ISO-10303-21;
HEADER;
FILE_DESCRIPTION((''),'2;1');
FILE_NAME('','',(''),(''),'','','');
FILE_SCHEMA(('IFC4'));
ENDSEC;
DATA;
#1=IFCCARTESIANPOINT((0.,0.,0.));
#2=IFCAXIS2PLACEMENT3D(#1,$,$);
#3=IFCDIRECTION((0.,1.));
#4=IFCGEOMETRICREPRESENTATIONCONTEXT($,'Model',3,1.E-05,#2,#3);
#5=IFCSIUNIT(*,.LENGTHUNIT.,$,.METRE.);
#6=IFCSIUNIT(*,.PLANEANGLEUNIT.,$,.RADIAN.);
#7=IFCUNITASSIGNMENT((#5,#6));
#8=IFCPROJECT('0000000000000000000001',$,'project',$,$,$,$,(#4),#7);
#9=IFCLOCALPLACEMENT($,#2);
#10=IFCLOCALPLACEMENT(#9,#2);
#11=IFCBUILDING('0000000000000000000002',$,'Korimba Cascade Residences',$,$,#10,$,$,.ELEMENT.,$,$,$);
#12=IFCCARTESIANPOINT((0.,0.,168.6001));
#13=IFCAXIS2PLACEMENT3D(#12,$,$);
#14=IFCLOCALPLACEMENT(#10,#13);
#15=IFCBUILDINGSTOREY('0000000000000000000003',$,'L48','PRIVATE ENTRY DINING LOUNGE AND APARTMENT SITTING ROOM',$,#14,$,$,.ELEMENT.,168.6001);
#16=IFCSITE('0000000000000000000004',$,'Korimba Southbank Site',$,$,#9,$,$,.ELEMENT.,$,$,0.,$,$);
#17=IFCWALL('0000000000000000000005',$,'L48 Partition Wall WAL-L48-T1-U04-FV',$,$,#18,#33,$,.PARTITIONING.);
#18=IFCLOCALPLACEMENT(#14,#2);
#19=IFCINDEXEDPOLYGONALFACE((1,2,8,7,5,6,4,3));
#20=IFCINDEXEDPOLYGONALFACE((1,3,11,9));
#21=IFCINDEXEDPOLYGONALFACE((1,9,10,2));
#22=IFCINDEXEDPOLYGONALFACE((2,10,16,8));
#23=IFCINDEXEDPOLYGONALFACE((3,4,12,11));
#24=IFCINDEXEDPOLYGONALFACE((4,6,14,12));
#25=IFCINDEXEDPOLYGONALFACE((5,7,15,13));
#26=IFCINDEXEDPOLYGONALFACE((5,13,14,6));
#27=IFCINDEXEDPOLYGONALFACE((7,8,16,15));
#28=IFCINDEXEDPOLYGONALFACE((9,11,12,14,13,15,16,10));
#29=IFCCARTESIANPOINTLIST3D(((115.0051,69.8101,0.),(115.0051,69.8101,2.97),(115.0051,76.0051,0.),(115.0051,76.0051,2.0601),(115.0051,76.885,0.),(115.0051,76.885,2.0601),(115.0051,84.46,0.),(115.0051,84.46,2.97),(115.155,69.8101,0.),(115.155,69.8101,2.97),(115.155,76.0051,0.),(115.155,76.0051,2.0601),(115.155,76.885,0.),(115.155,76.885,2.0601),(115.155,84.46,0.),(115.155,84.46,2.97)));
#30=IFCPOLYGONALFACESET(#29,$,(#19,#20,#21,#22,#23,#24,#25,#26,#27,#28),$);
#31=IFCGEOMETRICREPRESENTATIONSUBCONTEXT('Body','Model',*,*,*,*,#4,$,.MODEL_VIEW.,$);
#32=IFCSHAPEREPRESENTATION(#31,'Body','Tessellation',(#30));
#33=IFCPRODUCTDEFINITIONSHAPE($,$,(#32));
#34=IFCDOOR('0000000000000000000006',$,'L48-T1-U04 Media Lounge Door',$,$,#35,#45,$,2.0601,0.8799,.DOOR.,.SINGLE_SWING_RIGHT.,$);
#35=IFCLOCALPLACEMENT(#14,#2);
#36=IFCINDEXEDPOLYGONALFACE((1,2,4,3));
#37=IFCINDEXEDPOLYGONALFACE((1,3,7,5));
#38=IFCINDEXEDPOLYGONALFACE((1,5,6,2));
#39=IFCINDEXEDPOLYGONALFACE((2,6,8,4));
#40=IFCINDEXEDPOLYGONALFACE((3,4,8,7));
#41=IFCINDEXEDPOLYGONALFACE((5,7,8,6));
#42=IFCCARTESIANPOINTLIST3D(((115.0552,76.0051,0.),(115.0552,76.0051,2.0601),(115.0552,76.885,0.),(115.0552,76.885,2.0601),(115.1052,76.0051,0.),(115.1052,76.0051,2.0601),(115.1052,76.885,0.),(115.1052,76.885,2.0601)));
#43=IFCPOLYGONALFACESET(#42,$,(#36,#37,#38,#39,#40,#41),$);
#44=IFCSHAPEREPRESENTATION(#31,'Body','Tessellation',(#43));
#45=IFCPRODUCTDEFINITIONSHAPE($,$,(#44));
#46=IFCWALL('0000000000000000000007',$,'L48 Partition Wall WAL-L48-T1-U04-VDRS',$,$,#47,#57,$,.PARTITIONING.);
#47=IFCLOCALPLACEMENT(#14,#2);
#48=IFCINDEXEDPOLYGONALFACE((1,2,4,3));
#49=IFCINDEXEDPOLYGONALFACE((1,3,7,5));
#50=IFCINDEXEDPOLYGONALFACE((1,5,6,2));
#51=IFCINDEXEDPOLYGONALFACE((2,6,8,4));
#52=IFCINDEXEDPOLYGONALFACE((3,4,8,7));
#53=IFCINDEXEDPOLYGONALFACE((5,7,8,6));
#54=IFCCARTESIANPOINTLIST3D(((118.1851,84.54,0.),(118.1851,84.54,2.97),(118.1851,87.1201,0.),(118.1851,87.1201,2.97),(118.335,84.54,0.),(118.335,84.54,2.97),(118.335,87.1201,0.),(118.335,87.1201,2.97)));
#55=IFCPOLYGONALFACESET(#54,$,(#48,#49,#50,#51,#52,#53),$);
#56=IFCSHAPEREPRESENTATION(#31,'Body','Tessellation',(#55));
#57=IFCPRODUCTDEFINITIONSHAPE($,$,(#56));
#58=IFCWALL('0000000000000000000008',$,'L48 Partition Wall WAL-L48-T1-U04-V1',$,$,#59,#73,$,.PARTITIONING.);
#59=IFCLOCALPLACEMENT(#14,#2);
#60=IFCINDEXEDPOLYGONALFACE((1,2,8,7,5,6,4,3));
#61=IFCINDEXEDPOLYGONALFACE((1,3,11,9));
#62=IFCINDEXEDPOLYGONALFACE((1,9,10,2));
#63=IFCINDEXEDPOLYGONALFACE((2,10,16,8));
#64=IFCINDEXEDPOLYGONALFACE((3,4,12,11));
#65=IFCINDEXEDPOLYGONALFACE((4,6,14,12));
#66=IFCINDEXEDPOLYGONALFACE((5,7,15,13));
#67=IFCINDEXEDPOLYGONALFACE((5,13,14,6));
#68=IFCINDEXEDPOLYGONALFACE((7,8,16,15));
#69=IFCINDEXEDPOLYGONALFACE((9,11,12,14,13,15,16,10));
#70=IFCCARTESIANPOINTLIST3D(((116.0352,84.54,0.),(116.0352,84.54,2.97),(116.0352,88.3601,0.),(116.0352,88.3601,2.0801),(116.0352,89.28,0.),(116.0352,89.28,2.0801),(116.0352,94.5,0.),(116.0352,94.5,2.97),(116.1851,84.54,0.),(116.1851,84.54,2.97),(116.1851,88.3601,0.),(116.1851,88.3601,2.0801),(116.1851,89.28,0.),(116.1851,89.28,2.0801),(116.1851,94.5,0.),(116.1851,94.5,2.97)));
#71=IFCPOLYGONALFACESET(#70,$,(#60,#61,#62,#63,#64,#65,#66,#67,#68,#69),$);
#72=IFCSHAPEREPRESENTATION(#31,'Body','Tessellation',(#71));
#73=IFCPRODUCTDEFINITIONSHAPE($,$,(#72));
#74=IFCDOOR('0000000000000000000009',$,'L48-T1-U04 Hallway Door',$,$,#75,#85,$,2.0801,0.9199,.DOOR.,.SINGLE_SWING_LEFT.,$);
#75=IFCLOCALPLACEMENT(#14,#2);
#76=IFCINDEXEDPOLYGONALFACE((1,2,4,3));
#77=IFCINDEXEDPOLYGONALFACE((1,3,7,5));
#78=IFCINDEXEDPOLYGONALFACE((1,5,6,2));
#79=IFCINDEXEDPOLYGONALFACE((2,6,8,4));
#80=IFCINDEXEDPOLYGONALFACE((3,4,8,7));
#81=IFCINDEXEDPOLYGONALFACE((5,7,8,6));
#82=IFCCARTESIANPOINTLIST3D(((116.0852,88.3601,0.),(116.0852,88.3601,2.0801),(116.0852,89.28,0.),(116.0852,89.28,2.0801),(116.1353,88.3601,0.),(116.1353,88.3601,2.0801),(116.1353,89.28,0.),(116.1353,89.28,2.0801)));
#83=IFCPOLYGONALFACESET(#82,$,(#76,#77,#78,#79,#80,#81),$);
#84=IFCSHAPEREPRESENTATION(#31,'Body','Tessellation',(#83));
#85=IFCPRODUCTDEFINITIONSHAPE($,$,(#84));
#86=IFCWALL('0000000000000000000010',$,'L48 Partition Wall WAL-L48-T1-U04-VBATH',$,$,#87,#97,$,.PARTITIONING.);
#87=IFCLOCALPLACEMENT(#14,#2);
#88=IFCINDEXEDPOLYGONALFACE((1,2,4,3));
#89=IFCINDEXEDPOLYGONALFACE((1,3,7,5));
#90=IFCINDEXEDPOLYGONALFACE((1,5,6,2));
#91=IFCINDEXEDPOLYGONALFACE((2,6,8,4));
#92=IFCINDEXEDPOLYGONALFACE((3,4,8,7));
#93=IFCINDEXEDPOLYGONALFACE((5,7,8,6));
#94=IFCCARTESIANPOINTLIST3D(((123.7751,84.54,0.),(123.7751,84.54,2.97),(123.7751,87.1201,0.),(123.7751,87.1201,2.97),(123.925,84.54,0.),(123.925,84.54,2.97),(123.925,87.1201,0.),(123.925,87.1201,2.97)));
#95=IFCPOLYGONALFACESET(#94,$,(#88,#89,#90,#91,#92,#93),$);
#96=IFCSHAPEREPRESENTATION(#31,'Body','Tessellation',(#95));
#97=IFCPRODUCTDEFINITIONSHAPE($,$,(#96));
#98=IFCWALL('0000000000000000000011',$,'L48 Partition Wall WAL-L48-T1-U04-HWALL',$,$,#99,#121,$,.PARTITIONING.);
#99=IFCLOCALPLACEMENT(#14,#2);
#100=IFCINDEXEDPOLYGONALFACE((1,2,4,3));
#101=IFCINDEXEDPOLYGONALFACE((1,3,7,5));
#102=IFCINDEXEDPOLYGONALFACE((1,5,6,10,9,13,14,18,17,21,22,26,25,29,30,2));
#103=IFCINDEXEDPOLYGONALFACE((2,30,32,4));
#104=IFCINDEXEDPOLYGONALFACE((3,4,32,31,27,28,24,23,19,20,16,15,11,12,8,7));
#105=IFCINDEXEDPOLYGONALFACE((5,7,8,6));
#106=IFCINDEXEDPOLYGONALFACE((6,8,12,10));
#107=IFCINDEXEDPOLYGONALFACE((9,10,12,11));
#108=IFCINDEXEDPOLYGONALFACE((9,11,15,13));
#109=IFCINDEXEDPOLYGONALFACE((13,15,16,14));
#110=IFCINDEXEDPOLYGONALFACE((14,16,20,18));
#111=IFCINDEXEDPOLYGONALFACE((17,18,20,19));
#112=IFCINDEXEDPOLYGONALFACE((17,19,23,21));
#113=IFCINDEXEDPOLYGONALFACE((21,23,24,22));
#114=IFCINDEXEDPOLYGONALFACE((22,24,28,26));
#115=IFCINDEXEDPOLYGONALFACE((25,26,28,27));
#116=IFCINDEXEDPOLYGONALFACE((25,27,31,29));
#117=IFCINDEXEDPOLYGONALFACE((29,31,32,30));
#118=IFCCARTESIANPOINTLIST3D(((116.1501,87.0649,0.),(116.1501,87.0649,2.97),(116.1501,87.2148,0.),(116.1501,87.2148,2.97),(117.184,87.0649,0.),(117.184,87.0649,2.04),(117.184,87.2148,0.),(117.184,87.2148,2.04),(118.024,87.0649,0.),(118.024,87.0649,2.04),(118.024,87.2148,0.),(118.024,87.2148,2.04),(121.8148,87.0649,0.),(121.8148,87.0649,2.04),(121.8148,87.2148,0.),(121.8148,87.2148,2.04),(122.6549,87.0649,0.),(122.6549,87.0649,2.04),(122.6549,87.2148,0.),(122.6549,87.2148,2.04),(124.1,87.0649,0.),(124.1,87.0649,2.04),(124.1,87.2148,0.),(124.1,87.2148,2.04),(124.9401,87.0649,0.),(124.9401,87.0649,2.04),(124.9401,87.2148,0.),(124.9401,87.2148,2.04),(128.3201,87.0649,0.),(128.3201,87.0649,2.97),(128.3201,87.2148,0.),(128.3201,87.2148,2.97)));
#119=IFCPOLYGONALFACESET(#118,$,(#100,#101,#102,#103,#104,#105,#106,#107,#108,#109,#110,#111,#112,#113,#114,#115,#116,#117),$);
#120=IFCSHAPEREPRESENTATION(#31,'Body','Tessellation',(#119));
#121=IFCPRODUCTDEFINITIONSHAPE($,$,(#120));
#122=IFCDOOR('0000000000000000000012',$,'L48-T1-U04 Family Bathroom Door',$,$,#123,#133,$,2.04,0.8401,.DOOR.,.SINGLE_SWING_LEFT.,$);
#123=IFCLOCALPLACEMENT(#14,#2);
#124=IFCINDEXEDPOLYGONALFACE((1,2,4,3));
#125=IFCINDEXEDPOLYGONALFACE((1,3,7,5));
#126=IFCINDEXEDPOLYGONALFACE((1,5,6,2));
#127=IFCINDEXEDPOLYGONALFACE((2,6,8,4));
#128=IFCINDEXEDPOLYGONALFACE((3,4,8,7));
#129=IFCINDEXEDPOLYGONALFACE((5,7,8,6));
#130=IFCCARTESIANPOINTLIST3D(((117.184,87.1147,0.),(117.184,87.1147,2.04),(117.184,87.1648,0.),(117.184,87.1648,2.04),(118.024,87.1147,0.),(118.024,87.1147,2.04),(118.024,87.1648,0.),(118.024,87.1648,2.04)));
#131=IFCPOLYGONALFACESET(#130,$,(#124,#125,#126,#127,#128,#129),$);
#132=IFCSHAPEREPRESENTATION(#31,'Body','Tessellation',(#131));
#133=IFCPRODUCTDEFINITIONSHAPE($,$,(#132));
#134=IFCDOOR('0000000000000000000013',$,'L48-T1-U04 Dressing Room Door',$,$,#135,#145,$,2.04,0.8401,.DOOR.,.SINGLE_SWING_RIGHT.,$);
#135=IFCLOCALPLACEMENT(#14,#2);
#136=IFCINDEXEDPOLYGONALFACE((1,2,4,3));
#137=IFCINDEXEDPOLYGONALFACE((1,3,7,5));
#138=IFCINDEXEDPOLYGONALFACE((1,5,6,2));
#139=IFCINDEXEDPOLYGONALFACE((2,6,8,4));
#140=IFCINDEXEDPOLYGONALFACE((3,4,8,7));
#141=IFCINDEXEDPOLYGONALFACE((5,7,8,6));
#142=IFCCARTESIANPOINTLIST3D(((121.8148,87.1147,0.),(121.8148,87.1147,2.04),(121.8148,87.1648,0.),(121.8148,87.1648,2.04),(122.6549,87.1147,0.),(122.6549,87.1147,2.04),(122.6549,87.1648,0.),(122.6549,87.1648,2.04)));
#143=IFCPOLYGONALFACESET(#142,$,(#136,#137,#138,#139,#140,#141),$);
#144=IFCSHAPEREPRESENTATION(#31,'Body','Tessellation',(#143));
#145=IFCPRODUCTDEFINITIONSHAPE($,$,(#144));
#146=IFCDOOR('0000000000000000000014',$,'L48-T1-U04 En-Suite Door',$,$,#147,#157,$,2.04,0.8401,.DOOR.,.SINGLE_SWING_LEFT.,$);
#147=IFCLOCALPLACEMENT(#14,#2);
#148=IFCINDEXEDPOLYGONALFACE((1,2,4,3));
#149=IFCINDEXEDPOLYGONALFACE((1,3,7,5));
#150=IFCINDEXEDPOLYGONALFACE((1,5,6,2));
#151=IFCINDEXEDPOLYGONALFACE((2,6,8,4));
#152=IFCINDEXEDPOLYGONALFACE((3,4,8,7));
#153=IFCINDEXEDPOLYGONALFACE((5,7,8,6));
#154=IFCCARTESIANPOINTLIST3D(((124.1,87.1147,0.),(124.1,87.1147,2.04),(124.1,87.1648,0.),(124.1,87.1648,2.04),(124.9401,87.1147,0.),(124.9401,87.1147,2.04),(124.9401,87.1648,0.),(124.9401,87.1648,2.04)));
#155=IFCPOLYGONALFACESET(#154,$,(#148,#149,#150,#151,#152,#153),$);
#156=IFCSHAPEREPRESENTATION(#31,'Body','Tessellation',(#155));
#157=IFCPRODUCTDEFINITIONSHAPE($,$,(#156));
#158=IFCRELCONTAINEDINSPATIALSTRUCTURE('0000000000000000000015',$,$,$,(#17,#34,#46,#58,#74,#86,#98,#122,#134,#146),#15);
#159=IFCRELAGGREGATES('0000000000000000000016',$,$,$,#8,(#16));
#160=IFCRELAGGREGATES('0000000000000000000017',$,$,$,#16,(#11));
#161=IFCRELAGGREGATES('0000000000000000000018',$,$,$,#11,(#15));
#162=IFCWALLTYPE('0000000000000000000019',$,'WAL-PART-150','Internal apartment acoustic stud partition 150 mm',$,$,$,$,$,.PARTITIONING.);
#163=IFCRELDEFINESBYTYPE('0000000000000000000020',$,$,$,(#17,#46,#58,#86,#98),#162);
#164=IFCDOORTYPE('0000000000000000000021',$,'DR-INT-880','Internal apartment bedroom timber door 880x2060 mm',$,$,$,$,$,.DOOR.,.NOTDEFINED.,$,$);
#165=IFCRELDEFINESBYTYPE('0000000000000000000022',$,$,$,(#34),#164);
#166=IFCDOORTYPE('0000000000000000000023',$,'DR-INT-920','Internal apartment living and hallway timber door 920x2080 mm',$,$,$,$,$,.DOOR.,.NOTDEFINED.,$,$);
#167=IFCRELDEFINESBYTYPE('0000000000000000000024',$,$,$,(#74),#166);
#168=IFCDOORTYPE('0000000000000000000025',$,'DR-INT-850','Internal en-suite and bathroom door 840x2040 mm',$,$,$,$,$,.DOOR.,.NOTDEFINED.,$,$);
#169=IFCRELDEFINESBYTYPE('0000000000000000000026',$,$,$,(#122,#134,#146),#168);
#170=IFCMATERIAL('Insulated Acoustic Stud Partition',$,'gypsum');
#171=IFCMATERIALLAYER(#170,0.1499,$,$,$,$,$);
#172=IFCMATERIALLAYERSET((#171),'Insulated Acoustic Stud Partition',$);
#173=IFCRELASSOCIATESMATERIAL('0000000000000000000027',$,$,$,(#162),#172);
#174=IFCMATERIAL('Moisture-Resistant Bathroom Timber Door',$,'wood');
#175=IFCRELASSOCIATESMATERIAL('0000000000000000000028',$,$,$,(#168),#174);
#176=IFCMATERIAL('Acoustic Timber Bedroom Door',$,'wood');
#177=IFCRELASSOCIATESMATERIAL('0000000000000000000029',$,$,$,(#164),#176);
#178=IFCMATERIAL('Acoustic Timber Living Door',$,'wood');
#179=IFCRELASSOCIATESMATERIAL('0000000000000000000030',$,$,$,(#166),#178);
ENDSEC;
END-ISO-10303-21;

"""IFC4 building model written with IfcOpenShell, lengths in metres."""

from ifc_helpers import new_model, si_unit, direction, frame, frame_2d, origin, place, context, subcontext, project, spatial, rectangle, extrude, material, layer, layer_set, type_object, element, fill, save


model = new_model("IFC4")

# Units and contexts
model_context = context("Model", 3, precision=1e-05, world=origin(), true_north=direction((0.0, 1.0)))
body_context = subcontext(model_context, "Body", "Model", "MODEL_VIEW")
ifc_project = project(units=[si_unit("LENGTHUNIT", "METRE"), si_unit("PLANEANGLEUNIT", "RADIAN")], contexts=[model_context])

# Site, building, storey
site_placement = place(None, origin())
site = spatial("IfcSite", under=ifc_project, at=site_placement, Name="Korimba Southbank Site", CompositionType="ELEMENT", RefElevation=0.0)
building_placement = place(site_placement, origin())
building = spatial("IfcBuilding", under=site, at=building_placement, Name="Korimba Cascade Residences", CompositionType="ELEMENT")
storey_placement = place(building_placement, frame((0.0, 0.0, 168.6001)))
storey = spatial("IfcBuildingStorey", under=building, at=storey_placement, Name="L48", Description="PRIVATE ENTRY DINING LOUNGE AND APARTMENT SITTING ROOM", CompositionType="ELEMENT", Elevation=168.6001)

# Shared definitions
ifc_material_1 = material(Name="Insulated Acoustic Stud Partition", Category="gypsum")
ifc_layer_1 = layer(ifc_material_1, 0.1499)
ifc_layer_set_1 = layer_set([ifc_layer_1], Name="Insulated Acoustic Stud Partition")
wall_type_1 = type_object("IfcWallType", Name="WAL-PART-150", Description="Internal apartment acoustic stud partition 150 mm", PredefinedType="PARTITIONING", material=ifc_layer_set_1)
ifc_material_2 = material(Name="Moisture-Resistant Bathroom Timber Door", Category="wood")
door_type_1 = type_object("IfcDoorType", Name="DR-INT-850", Description="Internal en-suite and bathroom door 840x2040 mm", OperationType="NOTDEFINED", PredefinedType="DOOR", material=ifc_material_2)
ifc_material_3 = material(Name="Acoustic Timber Bedroom Door", Category="wood")
door_type_2 = type_object("IfcDoorType", Name="DR-INT-880", Description="Internal apartment bedroom timber door 880x2060 mm", OperationType="NOTDEFINED", PredefinedType="DOOR", material=ifc_material_3)

# Wall, opening, door
wall_1_placement = place(storey_placement, frame((115.0801, 69.8101, 0.0), z_axis=(0.0, 0.0, 1.0), x_axis=(0.0, 1.0, 0.0)))
wall_1 = element("IfcWall", 1, at=wall_1_placement, inside=storey, type_object=wall_type_1, Name="L48 Partition Wall WAL-L48-T1-U04-FV", PredefinedType="PARTITIONING", context=body_context, shape_type="SweptSolid", body=[
    extrude(rectangle(XDim=14.6499, YDim=0.1499, at=frame_2d((7.325, 0.0))), origin(), (0.0, 0.0, 1.0), 2.97),
])
opening_1_placement = place(wall_1_placement, frame((6.1951, 0.0, 0.0)))
opening_1 = element("IfcOpeningElement", 2, at=opening_1_placement, cuts=wall_1, PredefinedType="OPENING", context=body_context, shape_type="SweptSolid", body=[
    extrude(rectangle(XDim=0.8799, YDim=2.0601, at=frame_2d((0.4399, 1.03))), frame((0.0, 0.085, 0.0), z_axis=(0.0, -1.0, 0.0), x_axis=(1.0, 0.0, 0.0)), (0.0, 0.0, 1.0), 0.1699),
])
door_1_placement = place(opening_1_placement, origin())
door_1 = element("IfcDoor", 3, at=door_1_placement, inside=storey, type_object=door_type_2, Name="L48-T1-U04 Media Lounge Door", OperationType="SINGLE_SWING_RIGHT", OverallHeight=2.0601, OverallWidth=0.8799, PredefinedType="DOOR", context=body_context, shape_type="SweptSolid", body=[
    extrude(rectangle(XDim=0.8799, YDim=2.0601, at=frame_2d((0.4399, 1.03))), frame((0.0, 0.0249, 0.0), z_axis=(0.0, -1.0, 0.0), x_axis=(1.0, 0.0, 0.0)), (0.0, 0.0, 1.0), 0.05),
])
fill(opening_1, door_1)

# Wall
wall_2_placement = place(storey_placement, frame((118.26, 84.54, 0.0), z_axis=(0.0, 0.0, 1.0), x_axis=(0.0, 1.0, 0.0)))
element("IfcWall", 4, at=wall_2_placement, inside=storey, type_object=wall_type_1, Name="L48 Partition Wall WAL-L48-T1-U04-VDRS", PredefinedType="PARTITIONING", context=body_context, shape_type="SweptSolid", body=[
    extrude(rectangle(XDim=2.5801, YDim=0.1499, at=frame_2d((1.29, 0.0))), origin(), (0.0, 0.0, 1.0), 2.97),
])

# Wall, opening, door
wall_3_placement = place(storey_placement, frame((116.1101, 84.54, 0.0), z_axis=(0.0, 0.0, 1.0), x_axis=(0.0, 1.0, 0.0)))
wall_3 = element("IfcWall", 5, at=wall_3_placement, inside=storey, type_object=wall_type_1, Name="L48 Partition Wall WAL-L48-T1-U04-V1", PredefinedType="PARTITIONING", context=body_context, shape_type="SweptSolid", body=[
    extrude(rectangle(XDim=9.96, YDim=0.1499, at=frame_2d((4.98, 0.0))), origin(), (0.0, 0.0, 1.0), 2.97),
])
opening_2_placement = place(wall_3_placement, frame((3.8201, 0.0, 0.0)))
opening_2 = element("IfcOpeningElement", 6, at=opening_2_placement, cuts=wall_3, PredefinedType="OPENING", context=body_context, shape_type="SweptSolid", body=[
    extrude(rectangle(XDim=0.9199, YDim=2.0801, at=frame_2d((0.46, 1.04))), frame((0.0, 0.085, 0.0), z_axis=(0.0, -1.0, 0.0), x_axis=(1.0, 0.0, 0.0)), (0.0, 0.0, 1.0), 0.1699),
])
ifc_material_4 = material(Name="Acoustic Timber Living Door", Category="wood")
door_type_3 = type_object("IfcDoorType", Name="DR-INT-920", Description="Internal apartment living and hallway timber door 920x2080 mm", OperationType="NOTDEFINED", PredefinedType="DOOR", material=ifc_material_4)
door_2_placement = place(opening_2_placement, origin())
door_2 = element("IfcDoor", 7, at=door_2_placement, inside=storey, type_object=door_type_3, Name="L48-T1-U04 Hallway Door", OperationType="SINGLE_SWING_LEFT", OverallHeight=2.0801, OverallWidth=0.9199, PredefinedType="DOOR", context=body_context, shape_type="SweptSolid", body=[
    extrude(rectangle(XDim=0.9199, YDim=2.0801, at=frame_2d((0.46, 1.04))), frame((0.0, 0.0249, 0.0), z_axis=(0.0, -1.0, 0.0), x_axis=(1.0, 0.0, 0.0)), (0.0, 0.0, 1.0), 0.05),
])
fill(opening_2, door_2)

# Wall
wall_4_placement = place(storey_placement, frame((123.8501, 84.54, 0.0), z_axis=(0.0, 0.0, 1.0), x_axis=(0.0, 1.0, 0.0)))
element("IfcWall", 8, at=wall_4_placement, inside=storey, type_object=wall_type_1, Name="L48 Partition Wall WAL-L48-T1-U04-VBATH", PredefinedType="PARTITIONING", context=body_context, shape_type="SweptSolid", body=[
    extrude(rectangle(XDim=2.5801, YDim=0.1499, at=frame_2d((1.29, 0.0))), origin(), (0.0, 0.0, 1.0), 2.97),
])

# Wall, openings, doors
wall_5_placement = place(storey_placement, frame((116.1501, 87.1399, 0.0), z_axis=(0.0, 0.0, 1.0), x_axis=(1.0, 0.0, 0.0)))
wall_5 = element("IfcWall", 9, at=wall_5_placement, inside=storey, type_object=wall_type_1, Name="L48 Partition Wall WAL-L48-T1-U04-HWALL", PredefinedType="PARTITIONING", context=body_context, shape_type="SweptSolid", body=[
    extrude(rectangle(XDim=12.1699, YDim=0.1499, at=frame_2d((6.085, 0.0))), origin(), (0.0, 0.0, 1.0), 2.97),
])
opening_3_placement = place(wall_5_placement, frame((1.0339, 0.0, 0.0)))
opening_3 = element("IfcOpeningElement", 10, at=opening_3_placement, cuts=wall_5, PredefinedType="OPENING", context=body_context, shape_type="SweptSolid", body=[
    extrude(rectangle(XDim=0.8401, YDim=2.04, at=frame_2d((0.4199, 1.02))), frame((0.0, 0.085, 0.0), z_axis=(0.0, -1.0, 0.0), x_axis=(1.0, 0.0, 0.0)), (0.0, 0.0, 1.0), 0.1699),
])
opening_4_placement = place(wall_5_placement, frame((5.6648, 0.0, 0.0)))
opening_4 = element("IfcOpeningElement", 11, at=opening_4_placement, cuts=wall_5, PredefinedType="OPENING", context=body_context, shape_type="SweptSolid", body=[
    extrude(rectangle(XDim=0.8401, YDim=2.04, at=frame_2d((0.4199, 1.02))), frame((0.0, 0.085, 0.0), z_axis=(0.0, -1.0, 0.0), x_axis=(1.0, 0.0, 0.0)), (0.0, 0.0, 1.0), 0.1699),
])
opening_5_placement = place(wall_5_placement, frame((7.95, 0.0, 0.0)))
opening_5 = element("IfcOpeningElement", 12, at=opening_5_placement, cuts=wall_5, PredefinedType="OPENING", context=body_context, shape_type="SweptSolid", body=[
    extrude(rectangle(XDim=0.8401, YDim=2.04, at=frame_2d((0.4199, 1.02))), frame((0.0, 0.085, 0.0), z_axis=(0.0, -1.0, 0.0), x_axis=(1.0, 0.0, 0.0)), (0.0, 0.0, 1.0), 0.1699),
])
door_3_placement = place(opening_3_placement, origin())
door_3 = element("IfcDoor", 13, at=door_3_placement, inside=storey, type_object=door_type_1, Name="L48-T1-U04 Family Bathroom Door", OperationType="SINGLE_SWING_LEFT", OverallHeight=2.04, OverallWidth=0.8401, PredefinedType="DOOR", context=body_context, shape_type="SweptSolid", body=[
    extrude(rectangle(XDim=0.8401, YDim=2.04, at=frame_2d((0.4199, 1.02))), frame((0.0, 0.0249, 0.0), z_axis=(0.0, -1.0, 0.0), x_axis=(1.0, 0.0, 0.0)), (0.0, 0.0, 1.0), 0.05),
])
fill(opening_3, door_3)
door_4_placement = place(opening_4_placement, origin())
door_4 = element("IfcDoor", 14, at=door_4_placement, inside=storey, type_object=door_type_1, Name="L48-T1-U04 Dressing Room Door", OperationType="SINGLE_SWING_RIGHT", OverallHeight=2.04, OverallWidth=0.8401, PredefinedType="DOOR", context=body_context, shape_type="SweptSolid", body=[
    extrude(rectangle(XDim=0.8401, YDim=2.04, at=frame_2d((0.4199, 1.02))), frame((0.0, 0.0249, 0.0), z_axis=(0.0, -1.0, 0.0), x_axis=(1.0, 0.0, 0.0)), (0.0, 0.0, 1.0), 0.05),
])
fill(opening_4, door_4)
door_5_placement = place(opening_5_placement, origin())
door_5 = element("IfcDoor", 15, at=door_5_placement, inside=storey, type_object=door_type_1, Name="L48-T1-U04 En-Suite Door", OperationType="SINGLE_SWING_LEFT", OverallHeight=2.04, OverallWidth=0.8401, PredefinedType="DOOR", context=body_context, shape_type="SweptSolid", body=[
    extrude(rectangle(XDim=0.8401, YDim=2.04, at=frame_2d((0.4199, 1.02))), frame((0.0, 0.0249, 0.0), z_axis=(0.0, -1.0, 0.0), x_axis=(1.0, 0.0, 0.0)), (0.0, 0.0, 1.0), 0.05),
])
fill(opening_5, door_5)

save(model, "model.ifc")
